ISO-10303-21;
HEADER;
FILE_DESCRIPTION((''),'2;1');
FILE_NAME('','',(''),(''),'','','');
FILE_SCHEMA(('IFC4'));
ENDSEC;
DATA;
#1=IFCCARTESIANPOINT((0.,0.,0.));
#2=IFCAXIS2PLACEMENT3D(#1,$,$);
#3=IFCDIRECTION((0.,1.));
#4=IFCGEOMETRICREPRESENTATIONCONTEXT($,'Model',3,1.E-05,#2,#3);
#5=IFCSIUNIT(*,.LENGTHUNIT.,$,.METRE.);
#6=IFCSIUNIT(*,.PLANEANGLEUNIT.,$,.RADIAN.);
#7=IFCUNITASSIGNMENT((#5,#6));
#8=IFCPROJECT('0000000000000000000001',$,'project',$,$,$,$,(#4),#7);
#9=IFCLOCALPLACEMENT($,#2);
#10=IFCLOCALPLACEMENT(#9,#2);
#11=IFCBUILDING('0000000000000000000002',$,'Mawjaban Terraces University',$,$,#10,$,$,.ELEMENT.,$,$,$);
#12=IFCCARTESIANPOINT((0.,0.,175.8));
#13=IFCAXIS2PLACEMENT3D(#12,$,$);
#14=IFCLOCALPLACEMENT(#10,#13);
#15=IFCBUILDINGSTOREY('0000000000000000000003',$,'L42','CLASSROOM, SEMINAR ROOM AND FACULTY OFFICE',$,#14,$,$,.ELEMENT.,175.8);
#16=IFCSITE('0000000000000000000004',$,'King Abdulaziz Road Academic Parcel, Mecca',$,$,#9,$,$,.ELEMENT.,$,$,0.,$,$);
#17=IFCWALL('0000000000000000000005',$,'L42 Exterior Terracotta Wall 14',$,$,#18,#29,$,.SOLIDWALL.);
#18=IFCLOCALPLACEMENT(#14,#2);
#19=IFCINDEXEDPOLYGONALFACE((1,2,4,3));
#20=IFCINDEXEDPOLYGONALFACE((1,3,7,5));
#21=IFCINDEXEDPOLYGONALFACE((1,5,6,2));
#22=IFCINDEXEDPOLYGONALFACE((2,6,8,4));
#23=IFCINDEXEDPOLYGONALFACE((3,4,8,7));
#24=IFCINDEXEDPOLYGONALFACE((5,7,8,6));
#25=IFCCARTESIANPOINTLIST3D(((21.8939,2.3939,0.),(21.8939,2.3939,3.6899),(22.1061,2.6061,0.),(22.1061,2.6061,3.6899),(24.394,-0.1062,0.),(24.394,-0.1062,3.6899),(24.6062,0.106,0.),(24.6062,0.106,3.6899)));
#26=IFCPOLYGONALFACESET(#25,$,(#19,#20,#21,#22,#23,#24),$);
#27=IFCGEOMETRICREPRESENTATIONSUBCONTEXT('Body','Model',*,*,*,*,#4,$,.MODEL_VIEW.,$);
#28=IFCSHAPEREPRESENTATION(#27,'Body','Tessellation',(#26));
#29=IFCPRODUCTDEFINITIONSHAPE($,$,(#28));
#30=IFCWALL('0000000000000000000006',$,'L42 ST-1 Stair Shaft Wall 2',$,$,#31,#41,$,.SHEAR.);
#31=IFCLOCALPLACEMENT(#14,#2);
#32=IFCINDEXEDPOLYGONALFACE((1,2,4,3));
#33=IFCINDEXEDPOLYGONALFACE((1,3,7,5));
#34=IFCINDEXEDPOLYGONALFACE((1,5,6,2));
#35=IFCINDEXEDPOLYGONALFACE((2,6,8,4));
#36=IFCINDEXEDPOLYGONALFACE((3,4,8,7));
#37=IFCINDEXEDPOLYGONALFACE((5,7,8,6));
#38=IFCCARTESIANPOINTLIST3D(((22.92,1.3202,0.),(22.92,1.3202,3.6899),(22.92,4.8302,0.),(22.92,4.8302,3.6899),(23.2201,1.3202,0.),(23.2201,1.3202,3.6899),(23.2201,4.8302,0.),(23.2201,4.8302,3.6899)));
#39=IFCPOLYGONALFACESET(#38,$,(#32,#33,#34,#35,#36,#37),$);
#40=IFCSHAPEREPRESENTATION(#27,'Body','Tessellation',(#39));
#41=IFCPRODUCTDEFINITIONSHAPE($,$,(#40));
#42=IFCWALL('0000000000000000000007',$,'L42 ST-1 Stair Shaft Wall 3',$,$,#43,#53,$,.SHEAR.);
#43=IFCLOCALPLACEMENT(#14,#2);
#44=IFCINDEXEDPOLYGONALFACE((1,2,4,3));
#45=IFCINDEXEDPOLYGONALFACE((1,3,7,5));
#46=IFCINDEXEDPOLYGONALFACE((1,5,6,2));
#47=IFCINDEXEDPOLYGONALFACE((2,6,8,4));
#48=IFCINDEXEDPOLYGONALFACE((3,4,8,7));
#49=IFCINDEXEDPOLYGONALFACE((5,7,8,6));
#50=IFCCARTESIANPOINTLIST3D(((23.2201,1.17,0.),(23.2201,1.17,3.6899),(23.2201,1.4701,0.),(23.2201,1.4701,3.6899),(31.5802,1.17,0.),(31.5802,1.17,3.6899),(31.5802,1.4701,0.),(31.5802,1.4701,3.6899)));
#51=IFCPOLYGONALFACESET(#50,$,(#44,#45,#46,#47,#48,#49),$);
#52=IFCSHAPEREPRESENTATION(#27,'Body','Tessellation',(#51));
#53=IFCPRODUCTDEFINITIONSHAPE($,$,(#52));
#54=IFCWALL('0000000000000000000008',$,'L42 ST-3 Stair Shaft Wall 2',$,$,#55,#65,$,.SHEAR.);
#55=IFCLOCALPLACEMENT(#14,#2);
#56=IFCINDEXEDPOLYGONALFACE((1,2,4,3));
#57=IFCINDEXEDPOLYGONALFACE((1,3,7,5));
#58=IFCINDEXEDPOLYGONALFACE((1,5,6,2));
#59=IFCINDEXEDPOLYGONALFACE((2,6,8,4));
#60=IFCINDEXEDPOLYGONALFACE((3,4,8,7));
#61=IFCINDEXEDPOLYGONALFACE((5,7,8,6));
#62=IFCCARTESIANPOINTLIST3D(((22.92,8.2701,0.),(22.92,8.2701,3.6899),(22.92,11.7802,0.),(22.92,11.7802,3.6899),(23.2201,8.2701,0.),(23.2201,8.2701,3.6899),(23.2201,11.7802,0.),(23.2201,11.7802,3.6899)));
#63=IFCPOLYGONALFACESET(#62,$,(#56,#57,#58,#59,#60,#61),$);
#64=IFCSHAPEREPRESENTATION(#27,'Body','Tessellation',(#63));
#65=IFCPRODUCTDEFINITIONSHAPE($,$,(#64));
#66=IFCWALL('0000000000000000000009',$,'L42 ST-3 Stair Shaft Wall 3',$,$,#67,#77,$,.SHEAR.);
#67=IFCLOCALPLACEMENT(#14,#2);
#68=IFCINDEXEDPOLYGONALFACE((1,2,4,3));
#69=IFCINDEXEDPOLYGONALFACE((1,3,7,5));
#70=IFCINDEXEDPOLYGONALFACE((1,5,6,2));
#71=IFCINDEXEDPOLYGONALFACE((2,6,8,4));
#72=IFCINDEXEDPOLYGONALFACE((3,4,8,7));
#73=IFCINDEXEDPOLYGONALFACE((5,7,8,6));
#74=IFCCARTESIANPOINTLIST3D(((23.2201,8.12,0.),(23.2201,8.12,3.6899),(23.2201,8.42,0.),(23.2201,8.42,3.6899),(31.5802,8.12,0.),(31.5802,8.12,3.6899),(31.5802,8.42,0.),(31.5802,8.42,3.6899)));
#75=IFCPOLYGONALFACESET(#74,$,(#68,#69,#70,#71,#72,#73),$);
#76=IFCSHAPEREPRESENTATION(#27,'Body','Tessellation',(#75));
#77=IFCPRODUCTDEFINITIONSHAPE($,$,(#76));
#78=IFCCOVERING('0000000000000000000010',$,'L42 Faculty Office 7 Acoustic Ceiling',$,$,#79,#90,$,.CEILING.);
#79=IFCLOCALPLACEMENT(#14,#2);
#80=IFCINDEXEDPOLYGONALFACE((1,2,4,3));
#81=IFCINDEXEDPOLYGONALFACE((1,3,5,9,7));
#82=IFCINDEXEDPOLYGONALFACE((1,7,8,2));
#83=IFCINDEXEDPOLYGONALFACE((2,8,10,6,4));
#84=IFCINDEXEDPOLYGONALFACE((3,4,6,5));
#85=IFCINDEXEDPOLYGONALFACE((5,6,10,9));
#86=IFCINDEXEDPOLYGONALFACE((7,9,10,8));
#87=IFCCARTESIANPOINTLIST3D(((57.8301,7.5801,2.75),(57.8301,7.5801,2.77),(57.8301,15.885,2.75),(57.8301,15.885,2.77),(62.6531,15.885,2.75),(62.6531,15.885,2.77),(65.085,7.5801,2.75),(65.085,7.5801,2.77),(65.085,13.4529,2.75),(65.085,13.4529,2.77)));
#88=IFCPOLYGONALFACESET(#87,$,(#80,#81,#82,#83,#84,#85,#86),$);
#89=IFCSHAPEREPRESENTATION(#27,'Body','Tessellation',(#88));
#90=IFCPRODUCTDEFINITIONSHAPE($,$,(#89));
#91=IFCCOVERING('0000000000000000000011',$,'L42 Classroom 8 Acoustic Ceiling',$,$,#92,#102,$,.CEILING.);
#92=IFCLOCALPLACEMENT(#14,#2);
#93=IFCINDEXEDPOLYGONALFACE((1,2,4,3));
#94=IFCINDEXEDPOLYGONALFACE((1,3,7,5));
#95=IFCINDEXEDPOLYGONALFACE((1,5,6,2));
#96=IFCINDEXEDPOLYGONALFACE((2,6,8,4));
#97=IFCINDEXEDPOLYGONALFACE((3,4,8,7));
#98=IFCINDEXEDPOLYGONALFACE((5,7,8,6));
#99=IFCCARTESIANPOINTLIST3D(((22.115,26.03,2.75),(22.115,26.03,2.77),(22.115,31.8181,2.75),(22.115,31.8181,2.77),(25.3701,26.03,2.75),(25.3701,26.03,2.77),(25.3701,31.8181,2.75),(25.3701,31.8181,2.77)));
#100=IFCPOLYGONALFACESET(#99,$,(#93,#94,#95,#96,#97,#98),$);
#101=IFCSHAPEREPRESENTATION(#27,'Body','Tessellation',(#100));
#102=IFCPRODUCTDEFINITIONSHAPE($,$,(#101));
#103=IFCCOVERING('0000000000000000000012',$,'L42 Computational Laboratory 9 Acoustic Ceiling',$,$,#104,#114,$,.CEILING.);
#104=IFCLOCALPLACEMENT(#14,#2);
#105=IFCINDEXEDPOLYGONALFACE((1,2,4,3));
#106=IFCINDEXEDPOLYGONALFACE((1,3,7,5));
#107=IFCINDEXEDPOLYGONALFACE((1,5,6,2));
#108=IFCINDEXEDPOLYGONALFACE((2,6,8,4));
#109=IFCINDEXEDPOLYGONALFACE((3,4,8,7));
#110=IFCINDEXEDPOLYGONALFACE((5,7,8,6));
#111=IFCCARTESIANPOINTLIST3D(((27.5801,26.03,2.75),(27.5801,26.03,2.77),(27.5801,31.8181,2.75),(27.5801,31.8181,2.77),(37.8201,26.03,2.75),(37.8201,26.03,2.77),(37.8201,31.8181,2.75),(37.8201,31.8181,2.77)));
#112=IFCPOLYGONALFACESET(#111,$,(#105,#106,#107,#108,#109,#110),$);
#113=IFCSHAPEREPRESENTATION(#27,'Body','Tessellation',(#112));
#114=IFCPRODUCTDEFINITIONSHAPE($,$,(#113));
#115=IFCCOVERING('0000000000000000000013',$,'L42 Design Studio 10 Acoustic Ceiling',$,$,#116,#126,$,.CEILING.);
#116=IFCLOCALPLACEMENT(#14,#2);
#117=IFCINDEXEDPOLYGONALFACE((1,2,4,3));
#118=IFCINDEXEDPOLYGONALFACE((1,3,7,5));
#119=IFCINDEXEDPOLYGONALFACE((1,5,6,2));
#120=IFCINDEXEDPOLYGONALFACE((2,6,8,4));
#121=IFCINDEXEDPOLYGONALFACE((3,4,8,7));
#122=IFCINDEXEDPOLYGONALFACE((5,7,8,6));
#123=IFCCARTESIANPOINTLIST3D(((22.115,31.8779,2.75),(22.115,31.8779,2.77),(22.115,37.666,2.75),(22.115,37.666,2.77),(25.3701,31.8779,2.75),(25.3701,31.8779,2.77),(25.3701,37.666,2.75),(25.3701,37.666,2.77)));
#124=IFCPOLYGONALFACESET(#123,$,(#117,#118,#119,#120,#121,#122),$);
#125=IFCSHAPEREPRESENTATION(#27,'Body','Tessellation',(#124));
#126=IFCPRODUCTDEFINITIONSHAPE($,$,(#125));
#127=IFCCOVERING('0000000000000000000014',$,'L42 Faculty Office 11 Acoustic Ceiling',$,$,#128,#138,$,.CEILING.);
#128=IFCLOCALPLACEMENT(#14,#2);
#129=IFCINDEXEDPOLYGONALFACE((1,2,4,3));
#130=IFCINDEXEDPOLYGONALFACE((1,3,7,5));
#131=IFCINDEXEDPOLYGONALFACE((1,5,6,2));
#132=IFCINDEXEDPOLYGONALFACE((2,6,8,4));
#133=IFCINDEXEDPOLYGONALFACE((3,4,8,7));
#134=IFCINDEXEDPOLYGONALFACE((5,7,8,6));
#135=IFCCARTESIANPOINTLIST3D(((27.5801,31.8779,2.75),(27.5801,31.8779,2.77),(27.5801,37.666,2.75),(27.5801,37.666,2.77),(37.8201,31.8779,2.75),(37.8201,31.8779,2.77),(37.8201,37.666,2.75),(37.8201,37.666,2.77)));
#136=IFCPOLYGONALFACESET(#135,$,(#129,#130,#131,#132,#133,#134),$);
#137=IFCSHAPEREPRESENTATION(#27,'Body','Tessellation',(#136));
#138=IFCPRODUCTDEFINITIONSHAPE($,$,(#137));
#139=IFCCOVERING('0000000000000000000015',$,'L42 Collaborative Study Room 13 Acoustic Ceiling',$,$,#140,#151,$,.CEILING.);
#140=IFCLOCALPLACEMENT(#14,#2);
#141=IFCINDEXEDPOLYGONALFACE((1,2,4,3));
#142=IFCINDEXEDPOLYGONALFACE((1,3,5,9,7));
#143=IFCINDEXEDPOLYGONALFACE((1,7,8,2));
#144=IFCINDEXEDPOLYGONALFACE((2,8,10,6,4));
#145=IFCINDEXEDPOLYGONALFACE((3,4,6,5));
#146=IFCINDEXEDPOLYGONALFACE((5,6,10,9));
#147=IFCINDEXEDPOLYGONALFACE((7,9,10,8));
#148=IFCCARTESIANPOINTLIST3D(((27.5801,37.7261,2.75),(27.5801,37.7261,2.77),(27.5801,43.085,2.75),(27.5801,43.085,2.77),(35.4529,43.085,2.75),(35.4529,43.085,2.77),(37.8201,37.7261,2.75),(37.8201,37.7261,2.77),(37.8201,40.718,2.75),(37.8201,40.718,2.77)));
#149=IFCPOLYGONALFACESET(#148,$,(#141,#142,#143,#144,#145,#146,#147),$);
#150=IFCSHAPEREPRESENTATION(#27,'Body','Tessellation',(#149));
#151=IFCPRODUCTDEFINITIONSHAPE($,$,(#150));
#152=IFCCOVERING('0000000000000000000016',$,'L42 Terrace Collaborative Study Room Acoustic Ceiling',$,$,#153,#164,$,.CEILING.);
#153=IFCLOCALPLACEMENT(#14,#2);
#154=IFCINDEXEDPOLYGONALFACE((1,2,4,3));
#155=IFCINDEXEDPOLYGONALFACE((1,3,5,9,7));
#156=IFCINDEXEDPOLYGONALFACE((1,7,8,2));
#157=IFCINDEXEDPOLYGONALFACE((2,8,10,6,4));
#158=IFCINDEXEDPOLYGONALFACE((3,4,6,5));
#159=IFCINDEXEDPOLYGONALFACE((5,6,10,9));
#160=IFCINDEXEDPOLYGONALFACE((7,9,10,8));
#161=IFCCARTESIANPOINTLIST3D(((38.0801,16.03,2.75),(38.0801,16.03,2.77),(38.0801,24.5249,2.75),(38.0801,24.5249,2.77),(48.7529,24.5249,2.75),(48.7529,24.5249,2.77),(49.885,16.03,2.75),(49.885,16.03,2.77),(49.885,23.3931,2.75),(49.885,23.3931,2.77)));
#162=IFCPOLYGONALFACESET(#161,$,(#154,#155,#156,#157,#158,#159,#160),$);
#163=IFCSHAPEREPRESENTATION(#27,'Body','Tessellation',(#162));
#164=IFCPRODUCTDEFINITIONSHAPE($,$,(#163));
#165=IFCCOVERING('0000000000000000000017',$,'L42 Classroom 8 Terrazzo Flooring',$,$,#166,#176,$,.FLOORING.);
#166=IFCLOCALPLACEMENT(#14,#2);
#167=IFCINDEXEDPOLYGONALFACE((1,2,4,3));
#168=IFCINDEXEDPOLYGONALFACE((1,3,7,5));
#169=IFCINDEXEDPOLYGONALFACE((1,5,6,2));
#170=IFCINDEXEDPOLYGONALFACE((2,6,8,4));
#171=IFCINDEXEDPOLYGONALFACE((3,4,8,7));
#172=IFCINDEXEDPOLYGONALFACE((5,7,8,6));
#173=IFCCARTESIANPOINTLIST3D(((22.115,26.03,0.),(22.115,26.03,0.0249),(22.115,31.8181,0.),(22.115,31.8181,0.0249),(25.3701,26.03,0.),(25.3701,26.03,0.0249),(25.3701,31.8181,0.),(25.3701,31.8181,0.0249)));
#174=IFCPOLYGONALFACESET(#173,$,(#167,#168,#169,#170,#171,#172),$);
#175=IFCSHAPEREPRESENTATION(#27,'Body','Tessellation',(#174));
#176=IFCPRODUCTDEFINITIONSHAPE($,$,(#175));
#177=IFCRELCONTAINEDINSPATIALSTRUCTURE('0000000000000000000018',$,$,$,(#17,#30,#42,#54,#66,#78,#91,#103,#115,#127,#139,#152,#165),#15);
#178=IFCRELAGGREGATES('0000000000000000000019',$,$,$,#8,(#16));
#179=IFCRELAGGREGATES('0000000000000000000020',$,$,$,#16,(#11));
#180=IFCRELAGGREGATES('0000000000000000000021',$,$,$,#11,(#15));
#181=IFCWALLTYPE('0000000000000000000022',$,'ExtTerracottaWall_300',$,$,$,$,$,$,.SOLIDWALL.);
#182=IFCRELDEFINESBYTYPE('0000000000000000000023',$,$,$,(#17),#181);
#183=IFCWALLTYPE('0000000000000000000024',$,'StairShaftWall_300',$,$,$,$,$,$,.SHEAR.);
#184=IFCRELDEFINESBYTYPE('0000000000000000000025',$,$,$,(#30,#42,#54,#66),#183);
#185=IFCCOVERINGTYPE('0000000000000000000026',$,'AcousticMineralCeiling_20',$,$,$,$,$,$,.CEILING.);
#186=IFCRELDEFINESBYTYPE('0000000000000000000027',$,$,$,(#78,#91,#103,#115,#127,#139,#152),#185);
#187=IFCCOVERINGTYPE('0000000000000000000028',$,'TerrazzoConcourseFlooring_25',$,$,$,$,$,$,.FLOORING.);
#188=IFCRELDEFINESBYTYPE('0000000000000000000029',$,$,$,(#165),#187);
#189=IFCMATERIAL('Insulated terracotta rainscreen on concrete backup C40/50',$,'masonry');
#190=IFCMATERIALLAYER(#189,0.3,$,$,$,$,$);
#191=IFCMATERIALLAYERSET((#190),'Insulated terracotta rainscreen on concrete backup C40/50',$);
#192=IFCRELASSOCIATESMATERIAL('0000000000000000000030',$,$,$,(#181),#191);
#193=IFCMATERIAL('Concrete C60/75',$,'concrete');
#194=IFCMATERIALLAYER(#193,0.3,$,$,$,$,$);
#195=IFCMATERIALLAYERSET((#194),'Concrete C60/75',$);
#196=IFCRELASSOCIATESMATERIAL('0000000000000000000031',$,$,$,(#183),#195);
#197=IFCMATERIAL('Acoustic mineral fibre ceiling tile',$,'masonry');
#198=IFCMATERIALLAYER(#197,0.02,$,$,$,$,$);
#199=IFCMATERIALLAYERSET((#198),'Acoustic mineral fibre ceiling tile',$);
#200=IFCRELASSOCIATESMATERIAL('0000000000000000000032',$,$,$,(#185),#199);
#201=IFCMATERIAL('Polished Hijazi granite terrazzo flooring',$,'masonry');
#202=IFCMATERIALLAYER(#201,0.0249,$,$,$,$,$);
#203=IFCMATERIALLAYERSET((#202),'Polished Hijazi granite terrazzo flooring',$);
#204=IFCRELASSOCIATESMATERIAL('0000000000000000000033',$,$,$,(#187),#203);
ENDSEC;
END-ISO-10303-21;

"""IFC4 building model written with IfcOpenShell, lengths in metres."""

from ifc_helpers import new_model, si_unit, direction, frame, frame_2d, origin, place, context, subcontext, project, spatial, polyline, rectangle, outline, extrude, material, layer, layer_set, type_object, element, save


model = new_model("IFC4")

# Units and contexts
model_context = context("Model", 3, precision=1e-05, world=origin(), true_north=direction((0.0, 1.0)))
body_context = subcontext(model_context, "Body", "Model", "MODEL_VIEW")
ifc_project = project(units=[si_unit("LENGTHUNIT", "METRE"), si_unit("PLANEANGLEUNIT", "RADIAN")], contexts=[model_context])

# Site, building, storey
site_placement = place(None, origin())
site = spatial("IfcSite", under=ifc_project, at=site_placement, Name="King Abdulaziz Road Academic Parcel, Mecca", CompositionType="ELEMENT", RefElevation=0.0)
building_placement = place(site_placement, origin())
building = spatial("IfcBuilding", under=site, at=building_placement, Name="Mawjaban Terraces University", CompositionType="ELEMENT")
storey_placement = place(building_placement, frame((0.0, 0.0, 175.8)))
storey = spatial("IfcBuildingStorey", under=building, at=storey_placement, Name="L42", Description="CLASSROOM, SEMINAR ROOM AND FACULTY OFFICE", CompositionType="ELEMENT", Elevation=175.8)

# Shared definitions
ifc_material_1 = material(Name="Concrete C60/75", Category="concrete")

# Shared definitions
ifc_material_2 = material(Name="Insulated terracotta rainscreen on concrete backup C40/50", Category="masonry")
ifc_layer_1 = layer(ifc_material_2, 0.3)
ifc_layer_set_1 = layer_set([ifc_layer_1], Name="Insulated terracotta rainscreen on concrete backup C40/50")
wall_type_1 = type_object("IfcWallType", Name="ExtTerracottaWall_300", PredefinedType="SOLIDWALL", material=ifc_layer_set_1)

# Walls
wall_1_placement = place(storey_placement, frame((22.0, 2.5, 0.0), z_axis=(0.0, 0.0, 1.0), x_axis=(0.707107, -0.707107, 0.0)))
element("IfcWall", 1, at=wall_1_placement, inside=storey, type_object=wall_type_1, Name="L42 Exterior Terracotta Wall 14", PredefinedType="SOLIDWALL", context=body_context, shape_type="SweptSolid", body=[
    extrude(rectangle(XDim=3.5356, YDim=0.3, at=frame_2d((1.7678, 0.0))), origin(), (0.0, 0.0, 1.0), 3.6899),
])
ifc_layer_2 = layer(ifc_material_1, 0.3)
ifc_layer_set_2 = layer_set([ifc_layer_2], Name="Concrete C60/75")
wall_type_2 = type_object("IfcWallType", Name="StairShaftWall_300", PredefinedType="SHEAR", material=ifc_layer_set_2)
wall_2_placement = place(storey_placement, frame((23.0701, 4.8301, 0.0), z_axis=(0.0, 0.0, 1.0), x_axis=(0.0, -1.0, 0.0)))
element("IfcWall", 2, at=wall_2_placement, inside=storey, type_object=wall_type_2, Name="L42 ST-1 Stair Shaft Wall 2", PredefinedType="SHEAR", context=body_context, shape_type="SweptSolid", body=[
    extrude(rectangle(XDim=3.51, YDim=0.3, at=frame_2d((1.7549, 0.0))), origin(), (0.0, 0.0, 1.0), 3.6899),
])
wall_3_placement = place(storey_placement, frame((23.22, 1.3201, 0.0), z_axis=(0.0, 0.0, 1.0), x_axis=(1.0, 0.0, 0.0)))
element("IfcWall", 3, at=wall_3_placement, inside=storey, type_object=wall_type_2, Name="L42 ST-1 Stair Shaft Wall 3", PredefinedType="SHEAR", context=body_context, shape_type="SweptSolid", body=[
    extrude(rectangle(XDim=8.3601, YDim=0.3, at=frame_2d((4.1802, 0.0))), origin(), (0.0, 0.0, 1.0), 3.6899),
])
wall_4_placement = place(storey_placement, frame((23.0701, 11.78, 0.0), z_axis=(0.0, 0.0, 1.0), x_axis=(0.0, -1.0, 0.0)))
element("IfcWall", 4, at=wall_4_placement, inside=storey, type_object=wall_type_2, Name="L42 ST-3 Stair Shaft Wall 2", PredefinedType="SHEAR", context=body_context, shape_type="SweptSolid", body=[
    extrude(rectangle(XDim=3.51, YDim=0.3, at=frame_2d((1.7549, 0.0))), origin(), (0.0, 0.0, 1.0), 3.6899),
])
wall_5_placement = place(storey_placement, frame((23.22, 8.27, 0.0), z_axis=(0.0, 0.0, 1.0), x_axis=(1.0, 0.0, 0.0)))
element("IfcWall", 5, at=wall_5_placement, inside=storey, type_object=wall_type_2, Name="L42 ST-3 Stair Shaft Wall 3", PredefinedType="SHEAR", context=body_context, shape_type="SweptSolid", body=[
    extrude(rectangle(XDim=8.3601, YDim=0.3, at=frame_2d((4.1802, 0.0))), origin(), (0.0, 0.0, 1.0), 3.6899),
])

# Coverings
ifc_material_3 = material(Name="Acoustic mineral fibre ceiling tile", Category="masonry")
ifc_layer_3 = layer(ifc_material_3, 0.02)
ifc_layer_set_3 = layer_set([ifc_layer_3], Name="Acoustic mineral fibre ceiling tile")
covering_type_1 = type_object("IfcCoveringType", Name="AcousticMineralCeiling_20", PredefinedType="CEILING", material=ifc_layer_set_3)
covering_1_placement = place(storey_placement, frame((0.0, 0.0, 2.75)))
element("IfcCovering", 6, at=covering_1_placement, inside=storey, type_object=covering_type_1, Name="L42 Faculty Office 7 Acoustic Ceiling", PredefinedType="CEILING", context=body_context, shape_type="SweptSolid", body=[
    extrude(outline(polyline([(65.085, 7.5801), (65.085, 13.4529), (62.6531, 15.885), (57.8301, 15.885), (57.8301, 7.5801), (65.085, 7.5801)])), origin(), (0.0, 0.0, 1.0), 0.02),
])
covering_2_placement = place(storey_placement, frame((0.0, 0.0, 2.75)))
element("IfcCovering", 7, at=covering_2_placement, inside=storey, type_object=covering_type_1, Name="L42 Classroom 8 Acoustic Ceiling", PredefinedType="CEILING", context=body_context, shape_type="SweptSolid", body=[
    extrude(outline(polyline([(22.115, 31.8181), (22.115, 26.03), (25.3701, 26.03), (25.3701, 31.8181), (22.115, 31.8181)])), origin(), (0.0, 0.0, 1.0), 0.02),
])
covering_3_placement = place(storey_placement, frame((0.0, 0.0, 2.75)))
element("IfcCovering", 8, at=covering_3_placement, inside=storey, type_object=covering_type_1, Name="L42 Computational Laboratory 9 Acoustic Ceiling", PredefinedType="CEILING", context=body_context, shape_type="SweptSolid", body=[
    extrude(outline(polyline([(37.8201, 26.03), (37.8201, 31.8181), (27.5801, 31.8181), (27.5801, 26.03), (37.8201, 26.03)])), origin(), (0.0, 0.0, 1.0), 0.02),
])
covering_4_placement = place(storey_placement, frame((0.0, 0.0, 2.75)))
element("IfcCovering", 9, at=covering_4_placement, inside=storey, type_object=covering_type_1, Name="L42 Design Studio 10 Acoustic Ceiling", PredefinedType="CEILING", context=body_context, shape_type="SweptSolid", body=[
    extrude(outline(polyline([(22.115, 37.666), (22.115, 31.8779), (25.3701, 31.8779), (25.3701, 37.666), (22.115, 37.666)])), origin(), (0.0, 0.0, 1.0), 0.02),
])
covering_5_placement = place(storey_placement, frame((0.0, 0.0, 2.75)))
element("IfcCovering", 10, at=covering_5_placement, inside=storey, type_object=covering_type_1, Name="L42 Faculty Office 11 Acoustic Ceiling", PredefinedType="CEILING", context=body_context, shape_type="SweptSolid", body=[
    extrude(outline(polyline([(37.8201, 31.8779), (37.8201, 37.666), (27.5801, 37.666), (27.5801, 31.8779), (37.8201, 31.8779)])), origin(), (0.0, 0.0, 1.0), 0.02),
])
covering_6_placement = place(storey_placement, frame((0.0, 0.0, 2.75)))
element("IfcCovering", 11, at=covering_6_placement, inside=storey, type_object=covering_type_1, Name="L42 Collaborative Study Room 13 Acoustic Ceiling", PredefinedType="CEILING", context=body_context, shape_type="SweptSolid", body=[
    extrude(outline(polyline([(37.8201, 40.718), (35.4529, 43.085), (27.5801, 43.085), (27.5801, 37.7261), (37.8201, 37.7261), (37.8201, 40.718)])), origin(), (0.0, 0.0, 1.0), 0.02),
])
covering_7_placement = place(storey_placement, frame((0.0, 0.0, 2.75)))
element("IfcCovering", 12, at=covering_7_placement, inside=storey, type_object=covering_type_1, Name="L42 Terrace Collaborative Study Room Acoustic Ceiling", PredefinedType="CEILING", context=body_context, shape_type="SweptSolid", body=[
    extrude(outline(polyline([(49.885, 16.03), (49.885, 23.3931), (48.7529, 24.5249), (38.0801, 24.5249), (38.0801, 16.03), (49.885, 16.03)])), origin(), (0.0, 0.0, 1.0), 0.02),
])
ifc_material_4 = material(Name="Polished Hijazi granite terrazzo flooring", Category="masonry")
ifc_layer_4 = layer(ifc_material_4, 0.0249)
ifc_layer_set_4 = layer_set([ifc_layer_4], Name="Polished Hijazi granite terrazzo flooring")
covering_type_2 = type_object("IfcCoveringType", Name="TerrazzoConcourseFlooring_25", PredefinedType="FLOORING", material=ifc_layer_set_4)
covering_8_placement = place(storey_placement, origin())
element("IfcCovering", 13, at=covering_8_placement, inside=storey, type_object=covering_type_2, Name="L42 Classroom 8 Terrazzo Flooring", PredefinedType="FLOORING", context=body_context, shape_type="SweptSolid", body=[
    extrude(outline(polyline([(22.115, 31.8181), (22.115, 26.03), (25.3701, 26.03), (25.3701, 31.8181), (22.115, 31.8181)])), origin(), (0.0, 0.0, 1.0), 0.0249),
])

save(model, "model.ifc")
